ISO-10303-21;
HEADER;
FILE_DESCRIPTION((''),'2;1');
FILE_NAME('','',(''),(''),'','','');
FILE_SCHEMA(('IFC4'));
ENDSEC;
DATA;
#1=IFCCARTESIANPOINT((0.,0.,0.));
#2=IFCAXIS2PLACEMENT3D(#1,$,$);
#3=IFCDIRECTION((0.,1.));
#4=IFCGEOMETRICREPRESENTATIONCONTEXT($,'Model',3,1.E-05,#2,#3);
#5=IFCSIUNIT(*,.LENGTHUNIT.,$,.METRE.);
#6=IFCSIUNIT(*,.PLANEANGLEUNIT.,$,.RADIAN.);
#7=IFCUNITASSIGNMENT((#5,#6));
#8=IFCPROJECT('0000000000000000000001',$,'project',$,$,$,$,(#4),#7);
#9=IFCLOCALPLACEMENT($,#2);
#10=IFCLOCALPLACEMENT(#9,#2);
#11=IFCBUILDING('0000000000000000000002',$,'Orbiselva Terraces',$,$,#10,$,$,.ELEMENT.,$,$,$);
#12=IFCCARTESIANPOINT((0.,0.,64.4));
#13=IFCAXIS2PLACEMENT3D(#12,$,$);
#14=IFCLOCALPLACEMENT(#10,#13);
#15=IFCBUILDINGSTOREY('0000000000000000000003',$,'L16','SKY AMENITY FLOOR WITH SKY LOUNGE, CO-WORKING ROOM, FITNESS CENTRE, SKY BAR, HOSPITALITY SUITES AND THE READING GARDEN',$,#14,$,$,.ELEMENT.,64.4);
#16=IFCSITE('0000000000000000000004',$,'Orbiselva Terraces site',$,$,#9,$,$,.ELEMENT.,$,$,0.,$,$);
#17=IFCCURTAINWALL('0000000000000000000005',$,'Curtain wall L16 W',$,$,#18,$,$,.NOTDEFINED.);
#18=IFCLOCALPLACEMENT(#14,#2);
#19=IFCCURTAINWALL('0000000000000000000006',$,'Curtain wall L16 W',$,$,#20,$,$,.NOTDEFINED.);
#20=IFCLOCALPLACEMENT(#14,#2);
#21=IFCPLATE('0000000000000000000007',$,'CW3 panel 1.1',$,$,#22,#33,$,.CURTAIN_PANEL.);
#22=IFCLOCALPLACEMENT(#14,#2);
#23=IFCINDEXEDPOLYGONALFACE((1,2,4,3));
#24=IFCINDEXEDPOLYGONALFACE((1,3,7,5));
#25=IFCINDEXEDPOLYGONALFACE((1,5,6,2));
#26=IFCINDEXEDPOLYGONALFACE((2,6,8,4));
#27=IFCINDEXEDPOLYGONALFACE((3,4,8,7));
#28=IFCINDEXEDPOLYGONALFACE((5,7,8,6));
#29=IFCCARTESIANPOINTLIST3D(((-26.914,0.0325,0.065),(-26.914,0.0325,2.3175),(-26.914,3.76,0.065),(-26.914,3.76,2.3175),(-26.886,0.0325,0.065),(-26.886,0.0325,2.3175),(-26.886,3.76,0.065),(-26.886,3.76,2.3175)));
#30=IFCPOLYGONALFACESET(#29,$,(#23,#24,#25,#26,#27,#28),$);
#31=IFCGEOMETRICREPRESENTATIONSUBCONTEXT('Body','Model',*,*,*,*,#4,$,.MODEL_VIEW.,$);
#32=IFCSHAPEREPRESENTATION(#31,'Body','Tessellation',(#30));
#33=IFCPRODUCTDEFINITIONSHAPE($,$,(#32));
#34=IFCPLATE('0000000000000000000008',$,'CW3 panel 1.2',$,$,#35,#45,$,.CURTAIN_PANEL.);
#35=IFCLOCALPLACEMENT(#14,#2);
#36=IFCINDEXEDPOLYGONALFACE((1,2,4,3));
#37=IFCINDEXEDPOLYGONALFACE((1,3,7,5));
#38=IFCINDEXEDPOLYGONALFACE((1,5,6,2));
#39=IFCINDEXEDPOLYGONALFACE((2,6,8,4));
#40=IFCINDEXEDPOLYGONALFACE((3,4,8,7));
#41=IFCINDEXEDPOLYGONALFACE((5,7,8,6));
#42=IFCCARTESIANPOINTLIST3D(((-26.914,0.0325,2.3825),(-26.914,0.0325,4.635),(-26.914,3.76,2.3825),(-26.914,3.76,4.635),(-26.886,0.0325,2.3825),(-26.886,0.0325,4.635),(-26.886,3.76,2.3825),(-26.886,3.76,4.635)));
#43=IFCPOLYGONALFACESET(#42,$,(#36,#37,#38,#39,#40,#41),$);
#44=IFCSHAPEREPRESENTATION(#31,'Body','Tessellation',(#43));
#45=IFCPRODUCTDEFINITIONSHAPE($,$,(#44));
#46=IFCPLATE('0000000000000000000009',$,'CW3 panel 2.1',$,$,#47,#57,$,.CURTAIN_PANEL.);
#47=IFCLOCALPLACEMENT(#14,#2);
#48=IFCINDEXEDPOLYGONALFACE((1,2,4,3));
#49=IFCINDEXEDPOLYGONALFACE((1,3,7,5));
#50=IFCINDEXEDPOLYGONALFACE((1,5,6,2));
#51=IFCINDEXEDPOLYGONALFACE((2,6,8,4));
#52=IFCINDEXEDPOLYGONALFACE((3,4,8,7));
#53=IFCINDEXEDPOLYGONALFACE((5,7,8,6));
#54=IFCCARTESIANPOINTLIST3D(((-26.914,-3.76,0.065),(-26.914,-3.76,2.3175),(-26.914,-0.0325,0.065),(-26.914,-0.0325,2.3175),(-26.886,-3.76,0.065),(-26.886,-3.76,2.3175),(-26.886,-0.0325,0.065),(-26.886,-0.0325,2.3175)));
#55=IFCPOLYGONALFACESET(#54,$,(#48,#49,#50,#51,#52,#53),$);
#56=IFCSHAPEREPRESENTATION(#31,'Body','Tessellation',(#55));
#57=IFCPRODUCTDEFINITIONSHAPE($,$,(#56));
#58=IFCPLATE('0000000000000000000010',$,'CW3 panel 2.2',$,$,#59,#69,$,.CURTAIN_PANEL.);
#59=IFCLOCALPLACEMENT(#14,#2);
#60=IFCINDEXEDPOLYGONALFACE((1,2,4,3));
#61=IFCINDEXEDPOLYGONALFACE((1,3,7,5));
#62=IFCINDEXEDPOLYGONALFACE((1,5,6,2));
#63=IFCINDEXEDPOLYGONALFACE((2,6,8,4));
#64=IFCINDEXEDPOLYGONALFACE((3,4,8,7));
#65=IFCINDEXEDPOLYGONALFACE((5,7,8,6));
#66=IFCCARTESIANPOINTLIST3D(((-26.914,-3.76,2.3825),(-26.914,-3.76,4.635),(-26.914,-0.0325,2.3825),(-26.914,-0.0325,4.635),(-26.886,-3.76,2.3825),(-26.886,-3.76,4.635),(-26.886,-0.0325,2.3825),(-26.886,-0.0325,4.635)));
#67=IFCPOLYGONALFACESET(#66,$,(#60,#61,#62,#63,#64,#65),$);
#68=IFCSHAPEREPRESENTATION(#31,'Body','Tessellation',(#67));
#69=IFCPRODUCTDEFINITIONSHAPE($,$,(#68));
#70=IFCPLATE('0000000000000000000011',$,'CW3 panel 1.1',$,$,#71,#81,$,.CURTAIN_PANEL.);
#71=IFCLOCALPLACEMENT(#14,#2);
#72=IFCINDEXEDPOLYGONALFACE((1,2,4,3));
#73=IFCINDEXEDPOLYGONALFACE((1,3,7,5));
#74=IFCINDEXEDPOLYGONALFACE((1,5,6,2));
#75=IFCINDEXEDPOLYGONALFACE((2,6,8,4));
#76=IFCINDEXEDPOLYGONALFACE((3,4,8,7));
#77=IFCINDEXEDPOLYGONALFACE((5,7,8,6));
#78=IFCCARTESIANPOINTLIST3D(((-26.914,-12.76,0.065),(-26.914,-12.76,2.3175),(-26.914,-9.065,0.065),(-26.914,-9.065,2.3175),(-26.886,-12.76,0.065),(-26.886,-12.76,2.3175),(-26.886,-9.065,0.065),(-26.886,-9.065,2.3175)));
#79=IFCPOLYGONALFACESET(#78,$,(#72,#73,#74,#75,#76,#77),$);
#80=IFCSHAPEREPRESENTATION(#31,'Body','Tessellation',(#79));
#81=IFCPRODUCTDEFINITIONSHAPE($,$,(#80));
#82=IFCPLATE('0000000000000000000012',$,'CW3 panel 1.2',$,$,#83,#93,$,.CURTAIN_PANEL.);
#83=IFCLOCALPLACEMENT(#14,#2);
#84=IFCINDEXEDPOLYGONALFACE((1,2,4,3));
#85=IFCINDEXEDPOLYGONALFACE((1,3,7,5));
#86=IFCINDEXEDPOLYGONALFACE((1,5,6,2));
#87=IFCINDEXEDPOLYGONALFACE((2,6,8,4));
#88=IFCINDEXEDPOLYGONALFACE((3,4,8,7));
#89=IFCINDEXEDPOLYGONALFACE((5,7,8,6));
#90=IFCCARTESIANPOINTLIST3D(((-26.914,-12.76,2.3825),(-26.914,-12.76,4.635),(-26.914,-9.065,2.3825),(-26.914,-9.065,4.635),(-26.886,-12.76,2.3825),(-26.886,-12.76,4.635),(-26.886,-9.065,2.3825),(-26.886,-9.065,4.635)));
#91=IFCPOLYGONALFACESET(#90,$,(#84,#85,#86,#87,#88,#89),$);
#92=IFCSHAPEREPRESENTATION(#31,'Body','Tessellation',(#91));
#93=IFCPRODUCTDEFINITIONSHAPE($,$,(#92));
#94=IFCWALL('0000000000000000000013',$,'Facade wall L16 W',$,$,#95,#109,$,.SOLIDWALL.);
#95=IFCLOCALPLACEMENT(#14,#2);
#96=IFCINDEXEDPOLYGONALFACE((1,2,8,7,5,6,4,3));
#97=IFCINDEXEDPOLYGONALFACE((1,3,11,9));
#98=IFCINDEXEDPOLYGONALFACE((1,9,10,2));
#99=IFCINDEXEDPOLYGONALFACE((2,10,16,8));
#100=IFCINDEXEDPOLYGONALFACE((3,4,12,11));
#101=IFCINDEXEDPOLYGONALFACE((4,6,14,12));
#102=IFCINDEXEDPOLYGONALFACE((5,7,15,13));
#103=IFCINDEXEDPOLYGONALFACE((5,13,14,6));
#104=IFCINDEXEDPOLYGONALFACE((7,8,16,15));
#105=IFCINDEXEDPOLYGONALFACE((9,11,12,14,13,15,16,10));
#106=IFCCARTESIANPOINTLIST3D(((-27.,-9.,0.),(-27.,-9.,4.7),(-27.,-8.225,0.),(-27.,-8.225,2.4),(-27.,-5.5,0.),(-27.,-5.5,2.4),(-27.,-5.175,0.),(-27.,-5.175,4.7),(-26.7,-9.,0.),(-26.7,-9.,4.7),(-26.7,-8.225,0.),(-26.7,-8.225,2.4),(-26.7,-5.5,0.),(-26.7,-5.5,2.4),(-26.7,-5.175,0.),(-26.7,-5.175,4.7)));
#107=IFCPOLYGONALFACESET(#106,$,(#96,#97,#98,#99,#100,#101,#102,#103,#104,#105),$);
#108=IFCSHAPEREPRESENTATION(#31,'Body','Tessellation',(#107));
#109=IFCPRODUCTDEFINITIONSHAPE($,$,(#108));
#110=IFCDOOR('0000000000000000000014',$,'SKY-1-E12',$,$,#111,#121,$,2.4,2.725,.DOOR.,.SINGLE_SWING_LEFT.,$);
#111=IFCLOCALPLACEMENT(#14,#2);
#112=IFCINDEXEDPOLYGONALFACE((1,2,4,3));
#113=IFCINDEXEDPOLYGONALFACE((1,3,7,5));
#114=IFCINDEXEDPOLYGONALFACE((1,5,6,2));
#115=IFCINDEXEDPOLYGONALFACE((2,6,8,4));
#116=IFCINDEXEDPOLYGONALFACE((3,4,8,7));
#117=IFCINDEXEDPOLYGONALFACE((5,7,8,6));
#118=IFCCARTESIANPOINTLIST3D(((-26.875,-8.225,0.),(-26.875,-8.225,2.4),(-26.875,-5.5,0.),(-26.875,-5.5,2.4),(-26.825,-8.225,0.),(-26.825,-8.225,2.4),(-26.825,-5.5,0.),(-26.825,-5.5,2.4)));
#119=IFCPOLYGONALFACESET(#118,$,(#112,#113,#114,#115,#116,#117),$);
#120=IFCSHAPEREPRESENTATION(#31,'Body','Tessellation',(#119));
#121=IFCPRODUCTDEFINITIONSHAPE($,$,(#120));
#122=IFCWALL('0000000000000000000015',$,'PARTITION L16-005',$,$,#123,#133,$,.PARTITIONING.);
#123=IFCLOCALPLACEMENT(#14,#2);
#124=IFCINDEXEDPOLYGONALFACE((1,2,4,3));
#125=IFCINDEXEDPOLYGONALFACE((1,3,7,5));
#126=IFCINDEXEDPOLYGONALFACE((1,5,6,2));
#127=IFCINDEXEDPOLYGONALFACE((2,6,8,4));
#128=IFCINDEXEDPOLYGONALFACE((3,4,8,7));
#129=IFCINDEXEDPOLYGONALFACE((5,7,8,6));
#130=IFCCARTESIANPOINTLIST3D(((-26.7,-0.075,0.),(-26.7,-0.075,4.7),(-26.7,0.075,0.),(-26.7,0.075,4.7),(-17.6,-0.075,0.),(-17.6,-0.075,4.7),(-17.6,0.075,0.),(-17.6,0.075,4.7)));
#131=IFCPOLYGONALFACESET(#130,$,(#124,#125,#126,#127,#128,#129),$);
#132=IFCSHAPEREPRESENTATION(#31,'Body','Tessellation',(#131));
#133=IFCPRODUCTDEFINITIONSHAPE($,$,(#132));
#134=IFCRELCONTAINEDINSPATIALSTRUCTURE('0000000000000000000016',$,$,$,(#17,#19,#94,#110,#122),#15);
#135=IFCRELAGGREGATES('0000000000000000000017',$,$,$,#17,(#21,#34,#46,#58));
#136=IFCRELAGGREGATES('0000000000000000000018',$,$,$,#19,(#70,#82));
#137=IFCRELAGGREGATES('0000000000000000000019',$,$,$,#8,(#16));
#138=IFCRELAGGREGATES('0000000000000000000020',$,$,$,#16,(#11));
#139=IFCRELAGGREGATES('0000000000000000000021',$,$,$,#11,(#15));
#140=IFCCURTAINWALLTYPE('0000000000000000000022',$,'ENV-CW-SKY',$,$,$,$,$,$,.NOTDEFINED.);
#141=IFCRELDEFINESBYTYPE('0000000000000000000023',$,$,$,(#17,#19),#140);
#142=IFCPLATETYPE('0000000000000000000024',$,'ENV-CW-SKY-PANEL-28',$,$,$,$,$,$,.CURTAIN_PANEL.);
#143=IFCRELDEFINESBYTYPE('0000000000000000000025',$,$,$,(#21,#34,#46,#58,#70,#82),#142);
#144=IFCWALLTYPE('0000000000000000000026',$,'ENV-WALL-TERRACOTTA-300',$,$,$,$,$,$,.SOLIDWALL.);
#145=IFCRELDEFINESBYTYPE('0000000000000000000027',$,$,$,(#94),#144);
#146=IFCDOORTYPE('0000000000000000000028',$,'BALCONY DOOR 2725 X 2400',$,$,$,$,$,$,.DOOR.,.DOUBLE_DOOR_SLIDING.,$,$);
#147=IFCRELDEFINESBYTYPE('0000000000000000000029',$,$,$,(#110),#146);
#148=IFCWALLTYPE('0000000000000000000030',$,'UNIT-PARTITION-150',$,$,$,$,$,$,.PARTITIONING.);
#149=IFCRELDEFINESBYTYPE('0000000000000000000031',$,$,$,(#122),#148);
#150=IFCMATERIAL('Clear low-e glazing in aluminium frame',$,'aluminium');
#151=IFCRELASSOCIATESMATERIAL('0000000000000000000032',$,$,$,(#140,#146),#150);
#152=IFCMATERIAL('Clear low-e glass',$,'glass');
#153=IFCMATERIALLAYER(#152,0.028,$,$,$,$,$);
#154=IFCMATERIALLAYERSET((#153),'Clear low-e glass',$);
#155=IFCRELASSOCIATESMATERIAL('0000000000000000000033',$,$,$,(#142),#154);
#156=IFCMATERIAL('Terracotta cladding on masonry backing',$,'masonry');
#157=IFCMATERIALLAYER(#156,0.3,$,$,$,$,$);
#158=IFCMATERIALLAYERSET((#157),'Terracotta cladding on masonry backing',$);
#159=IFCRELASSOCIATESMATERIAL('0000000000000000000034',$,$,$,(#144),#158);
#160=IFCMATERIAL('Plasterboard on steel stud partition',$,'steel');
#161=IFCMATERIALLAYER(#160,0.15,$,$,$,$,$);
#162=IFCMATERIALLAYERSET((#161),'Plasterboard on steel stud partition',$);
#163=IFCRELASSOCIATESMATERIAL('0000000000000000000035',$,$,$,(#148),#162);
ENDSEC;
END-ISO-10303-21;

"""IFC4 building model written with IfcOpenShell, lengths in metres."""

from ifc_helpers import new_model, si_unit, direction, frame, frame_2d, origin, origin_2d, place, context, subcontext, project, spatial, rectangle, extrude, material, layer, layer_set, type_object, element, fill, aggregate, save


model = new_model("IFC4")

# Units and contexts
model_context = context("Model", 3, precision=1e-05, world=origin(), true_north=direction((0.0, 1.0)))
body_context = subcontext(model_context, "Body", "Model", "MODEL_VIEW")
ifc_project = project(units=[si_unit("LENGTHUNIT", "METRE"), si_unit("PLANEANGLEUNIT", "RADIAN")], contexts=[model_context])

# Site, building, storey
site_placement = place(None, origin())
site = spatial("IfcSite", under=ifc_project, at=site_placement, Name="Orbiselva Terraces site", CompositionType="ELEMENT", RefElevation=0.0)
building_placement = place(site_placement, origin())
building = spatial("IfcBuilding", under=site, at=building_placement, Name="Orbiselva Terraces", CompositionType="ELEMENT")
storey_placement = place(building_placement, frame((0.0, 0.0, 64.4)))
storey = spatial("IfcBuildingStorey", under=building, at=storey_placement, Name="L16", Description="SKY AMENITY FLOOR WITH SKY LOUNGE, CO-WORKING ROOM, FITNESS CENTRE, SKY BAR, HOSPITALITY SUITES AND THE READING GARDEN", CompositionType="ELEMENT", Elevation=64.4)

# Curtain walls
ifc_material_1 = material(Name="Clear low-e glazing in aluminium frame", Category="aluminium")
curtain_wall_type = type_object("IfcCurtainWallType", Name="ENV-CW-SKY", PredefinedType="NOTDEFINED", material=ifc_material_1)
curtain_wall_1_placement = place(storey_placement, origin())
curtain_wall_1 = element("IfcCurtainWall", 1, at=curtain_wall_1_placement, inside=storey, type_object=curtain_wall_type, Name="Curtain wall L16 W", PredefinedType="NOTDEFINED")
curtain_wall_2_placement = place(storey_placement, origin())
curtain_wall_2 = element("IfcCurtainWall", 2, at=curtain_wall_2_placement, inside=storey, type_object=curtain_wall_type, Name="Curtain wall L16 W", PredefinedType="NOTDEFINED")

# Plates
ifc_material_2 = material(Name="Clear low-e glass", Category="glass")
ifc_layer_1 = layer(ifc_material_2, 0.028)
ifc_layer_set_1 = layer_set([ifc_layer_1], Name="Clear low-e glass")
plate_type = type_object("IfcPlateType", Name="ENV-CW-SKY-PANEL-28", PredefinedType="CURTAIN_PANEL", material=ifc_layer_set_1)
plate_1_placement = place(storey_placement, frame((-26.9, 1.8962, 0.065), z_axis=(0.0, 0.0, 1.0), x_axis=(0.0, -1.0, 0.0)))
plate_1 = element("IfcPlate", 3, at=plate_1_placement, type_object=plate_type, Name="CW3 panel 1.1", PredefinedType="CURTAIN_PANEL", context=body_context, shape_type="SweptSolid", body=[
    extrude(rectangle(XDim=3.7275, YDim=0.028, at=origin_2d()), origin(), (0.0, 0.0, 1.0), 2.2525),
])
plate_2_placement = place(storey_placement, frame((-26.9, 1.8962, 2.3825), z_axis=(0.0, 0.0, 1.0), x_axis=(0.0, -1.0, 0.0)))
plate_2 = element("IfcPlate", 4, at=plate_2_placement, type_object=plate_type, Name="CW3 panel 1.2", PredefinedType="CURTAIN_PANEL", context=body_context, shape_type="SweptSolid", body=[
    extrude(rectangle(XDim=3.7275, YDim=0.028, at=origin_2d()), origin(), (0.0, 0.0, 1.0), 2.2525),
])
plate_3_placement = place(storey_placement, frame((-26.9, -1.8962, 0.065), z_axis=(0.0, 0.0, 1.0), x_axis=(0.0, -1.0, 0.0)))
plate_3 = element("IfcPlate", 5, at=plate_3_placement, type_object=plate_type, Name="CW3 panel 2.1", PredefinedType="CURTAIN_PANEL", context=body_context, shape_type="SweptSolid", body=[
    extrude(rectangle(XDim=3.7275, YDim=0.028, at=origin_2d()), origin(), (0.0, 0.0, 1.0), 2.2525),
])
plate_4_placement = place(storey_placement, frame((-26.9, -1.8962, 2.3825), z_axis=(0.0, 0.0, 1.0), x_axis=(0.0, -1.0, 0.0)))
plate_4 = element("IfcPlate", 6, at=plate_4_placement, type_object=plate_type, Name="CW3 panel 2.2", PredefinedType="CURTAIN_PANEL", context=body_context, shape_type="SweptSolid", body=[
    extrude(rectangle(XDim=3.7275, YDim=0.028, at=origin_2d()), origin(), (0.0, 0.0, 1.0), 2.2525),
])
aggregate(curtain_wall_1, [plate_1, plate_2, plate_3, plate_4])
plate_5_placement = place(storey_placement, frame((-26.9, -10.9125, 0.065), z_axis=(0.0, 0.0, 1.0), x_axis=(0.0, -1.0, 0.0)))
plate_5 = element("IfcPlate", 7, at=plate_5_placement, type_object=plate_type, Name="CW3 panel 1.1", PredefinedType="CURTAIN_PANEL", context=body_context, shape_type="SweptSolid", body=[
    extrude(rectangle(XDim=3.695, YDim=0.028, at=origin_2d()), origin(), (0.0, 0.0, 1.0), 2.2525),
])
plate_6_placement = place(storey_placement, frame((-26.9, -10.9125, 2.3825), z_axis=(0.0, 0.0, 1.0), x_axis=(0.0, -1.0, 0.0)))
plate_6 = element("IfcPlate", 8, at=plate_6_placement, type_object=plate_type, Name="CW3 panel 1.2", PredefinedType="CURTAIN_PANEL", context=body_context, shape_type="SweptSolid", body=[
    extrude(rectangle(XDim=3.695, YDim=0.028, at=origin_2d()), origin(), (0.0, 0.0, 1.0), 2.2525),
])
aggregate(curtain_wall_2, [plate_5, plate_6])

# Wall, opening, door
ifc_material_3 = material(Name="Terracotta cladding on masonry backing", Category="masonry")
ifc_layer_2 = layer(ifc_material_3, 0.3)
ifc_layer_set_2 = layer_set([ifc_layer_2], Name="Terracotta cladding on masonry backing")
wall_type_1 = type_object("IfcWallType", Name="ENV-WALL-TERRACOTTA-300", PredefinedType="SOLIDWALL", material=ifc_layer_set_2)
wall_1_placement = place(storey_placement, frame((-26.85, -9.0, 0.0), z_axis=(0.0, 0.0, 1.0), x_axis=(0.0, 1.0, 0.0)))
wall_1 = element("IfcWall", 9, at=wall_1_placement, inside=storey, type_object=wall_type_1, Name="Facade wall L16 W", PredefinedType="SOLIDWALL", context=body_context, shape_type="SweptSolid", body=[
    extrude(rectangle(XDim=3.825, YDim=0.3, at=frame_2d((1.9125, 0.0))), origin(), (0.0, 0.0, 1.0), 4.7),
])
opening_placement = place(wall_1_placement, frame((0.775, 0.0, 0.0)))
opening = element("IfcOpeningElement", 10, at=opening_placement, cuts=wall_1, PredefinedType="OPENING", context=body_context, shape_type="SweptSolid", body=[
    extrude(rectangle(XDim=2.725, YDim=2.4, at=frame_2d((1.3625, 1.2))), frame((0.0, 0.16, 0.0), z_axis=(0.0, -1.0, 0.0), x_axis=(1.0, 0.0, 0.0)), (0.0, 0.0, 1.0), 0.32),
])
door_type = type_object("IfcDoorType", Name="BALCONY DOOR 2725 X 2400", OperationType="DOUBLE_DOOR_SLIDING", PredefinedType="DOOR", material=ifc_material_1)
door_placement = place(opening_placement, origin())
door = element("IfcDoor", 11, at=door_placement, inside=storey, type_object=door_type, Name="SKY-1-E12", OperationType="SINGLE_SWING_LEFT", OverallHeight=2.4, OverallWidth=2.725, PredefinedType="DOOR", context=body_context, shape_type="SweptSolid", body=[
    extrude(rectangle(XDim=2.725, YDim=2.4, at=frame_2d((1.3625, 1.2))), frame((0.0, 0.025, 0.0), z_axis=(0.0, -1.0, 0.0), x_axis=(1.0, 0.0, 0.0)), (0.0, 0.0, 1.0), 0.05),
])
fill(opening, door)

# Wall
ifc_material_4 = material(Name="Plasterboard on steel stud partition", Category="steel")
ifc_layer_3 = layer(ifc_material_4, 0.15)
ifc_layer_set_3 = layer_set([ifc_layer_3], Name="Plasterboard on steel stud partition")
wall_type_2 = type_object("IfcWallType", Name="UNIT-PARTITION-150", PredefinedType="PARTITIONING", material=ifc_layer_set_3)
wall_2_placement = place(storey_placement, frame((-26.7, 0.0, 0.0), z_axis=(0.0, 0.0, 1.0), x_axis=(1.0, 0.0, 0.0)))
element("IfcWall", 12, at=wall_2_placement, inside=storey, type_object=wall_type_2, Name="PARTITION L16-005", PredefinedType="PARTITIONING", context=body_context, shape_type="SweptSolid", body=[
    extrude(rectangle(XDim=9.1, YDim=0.15, at=frame_2d((4.55, 0.0))), origin(), (0.0, 0.0, 1.0), 4.7),
])

save(model, "model.ifc")
